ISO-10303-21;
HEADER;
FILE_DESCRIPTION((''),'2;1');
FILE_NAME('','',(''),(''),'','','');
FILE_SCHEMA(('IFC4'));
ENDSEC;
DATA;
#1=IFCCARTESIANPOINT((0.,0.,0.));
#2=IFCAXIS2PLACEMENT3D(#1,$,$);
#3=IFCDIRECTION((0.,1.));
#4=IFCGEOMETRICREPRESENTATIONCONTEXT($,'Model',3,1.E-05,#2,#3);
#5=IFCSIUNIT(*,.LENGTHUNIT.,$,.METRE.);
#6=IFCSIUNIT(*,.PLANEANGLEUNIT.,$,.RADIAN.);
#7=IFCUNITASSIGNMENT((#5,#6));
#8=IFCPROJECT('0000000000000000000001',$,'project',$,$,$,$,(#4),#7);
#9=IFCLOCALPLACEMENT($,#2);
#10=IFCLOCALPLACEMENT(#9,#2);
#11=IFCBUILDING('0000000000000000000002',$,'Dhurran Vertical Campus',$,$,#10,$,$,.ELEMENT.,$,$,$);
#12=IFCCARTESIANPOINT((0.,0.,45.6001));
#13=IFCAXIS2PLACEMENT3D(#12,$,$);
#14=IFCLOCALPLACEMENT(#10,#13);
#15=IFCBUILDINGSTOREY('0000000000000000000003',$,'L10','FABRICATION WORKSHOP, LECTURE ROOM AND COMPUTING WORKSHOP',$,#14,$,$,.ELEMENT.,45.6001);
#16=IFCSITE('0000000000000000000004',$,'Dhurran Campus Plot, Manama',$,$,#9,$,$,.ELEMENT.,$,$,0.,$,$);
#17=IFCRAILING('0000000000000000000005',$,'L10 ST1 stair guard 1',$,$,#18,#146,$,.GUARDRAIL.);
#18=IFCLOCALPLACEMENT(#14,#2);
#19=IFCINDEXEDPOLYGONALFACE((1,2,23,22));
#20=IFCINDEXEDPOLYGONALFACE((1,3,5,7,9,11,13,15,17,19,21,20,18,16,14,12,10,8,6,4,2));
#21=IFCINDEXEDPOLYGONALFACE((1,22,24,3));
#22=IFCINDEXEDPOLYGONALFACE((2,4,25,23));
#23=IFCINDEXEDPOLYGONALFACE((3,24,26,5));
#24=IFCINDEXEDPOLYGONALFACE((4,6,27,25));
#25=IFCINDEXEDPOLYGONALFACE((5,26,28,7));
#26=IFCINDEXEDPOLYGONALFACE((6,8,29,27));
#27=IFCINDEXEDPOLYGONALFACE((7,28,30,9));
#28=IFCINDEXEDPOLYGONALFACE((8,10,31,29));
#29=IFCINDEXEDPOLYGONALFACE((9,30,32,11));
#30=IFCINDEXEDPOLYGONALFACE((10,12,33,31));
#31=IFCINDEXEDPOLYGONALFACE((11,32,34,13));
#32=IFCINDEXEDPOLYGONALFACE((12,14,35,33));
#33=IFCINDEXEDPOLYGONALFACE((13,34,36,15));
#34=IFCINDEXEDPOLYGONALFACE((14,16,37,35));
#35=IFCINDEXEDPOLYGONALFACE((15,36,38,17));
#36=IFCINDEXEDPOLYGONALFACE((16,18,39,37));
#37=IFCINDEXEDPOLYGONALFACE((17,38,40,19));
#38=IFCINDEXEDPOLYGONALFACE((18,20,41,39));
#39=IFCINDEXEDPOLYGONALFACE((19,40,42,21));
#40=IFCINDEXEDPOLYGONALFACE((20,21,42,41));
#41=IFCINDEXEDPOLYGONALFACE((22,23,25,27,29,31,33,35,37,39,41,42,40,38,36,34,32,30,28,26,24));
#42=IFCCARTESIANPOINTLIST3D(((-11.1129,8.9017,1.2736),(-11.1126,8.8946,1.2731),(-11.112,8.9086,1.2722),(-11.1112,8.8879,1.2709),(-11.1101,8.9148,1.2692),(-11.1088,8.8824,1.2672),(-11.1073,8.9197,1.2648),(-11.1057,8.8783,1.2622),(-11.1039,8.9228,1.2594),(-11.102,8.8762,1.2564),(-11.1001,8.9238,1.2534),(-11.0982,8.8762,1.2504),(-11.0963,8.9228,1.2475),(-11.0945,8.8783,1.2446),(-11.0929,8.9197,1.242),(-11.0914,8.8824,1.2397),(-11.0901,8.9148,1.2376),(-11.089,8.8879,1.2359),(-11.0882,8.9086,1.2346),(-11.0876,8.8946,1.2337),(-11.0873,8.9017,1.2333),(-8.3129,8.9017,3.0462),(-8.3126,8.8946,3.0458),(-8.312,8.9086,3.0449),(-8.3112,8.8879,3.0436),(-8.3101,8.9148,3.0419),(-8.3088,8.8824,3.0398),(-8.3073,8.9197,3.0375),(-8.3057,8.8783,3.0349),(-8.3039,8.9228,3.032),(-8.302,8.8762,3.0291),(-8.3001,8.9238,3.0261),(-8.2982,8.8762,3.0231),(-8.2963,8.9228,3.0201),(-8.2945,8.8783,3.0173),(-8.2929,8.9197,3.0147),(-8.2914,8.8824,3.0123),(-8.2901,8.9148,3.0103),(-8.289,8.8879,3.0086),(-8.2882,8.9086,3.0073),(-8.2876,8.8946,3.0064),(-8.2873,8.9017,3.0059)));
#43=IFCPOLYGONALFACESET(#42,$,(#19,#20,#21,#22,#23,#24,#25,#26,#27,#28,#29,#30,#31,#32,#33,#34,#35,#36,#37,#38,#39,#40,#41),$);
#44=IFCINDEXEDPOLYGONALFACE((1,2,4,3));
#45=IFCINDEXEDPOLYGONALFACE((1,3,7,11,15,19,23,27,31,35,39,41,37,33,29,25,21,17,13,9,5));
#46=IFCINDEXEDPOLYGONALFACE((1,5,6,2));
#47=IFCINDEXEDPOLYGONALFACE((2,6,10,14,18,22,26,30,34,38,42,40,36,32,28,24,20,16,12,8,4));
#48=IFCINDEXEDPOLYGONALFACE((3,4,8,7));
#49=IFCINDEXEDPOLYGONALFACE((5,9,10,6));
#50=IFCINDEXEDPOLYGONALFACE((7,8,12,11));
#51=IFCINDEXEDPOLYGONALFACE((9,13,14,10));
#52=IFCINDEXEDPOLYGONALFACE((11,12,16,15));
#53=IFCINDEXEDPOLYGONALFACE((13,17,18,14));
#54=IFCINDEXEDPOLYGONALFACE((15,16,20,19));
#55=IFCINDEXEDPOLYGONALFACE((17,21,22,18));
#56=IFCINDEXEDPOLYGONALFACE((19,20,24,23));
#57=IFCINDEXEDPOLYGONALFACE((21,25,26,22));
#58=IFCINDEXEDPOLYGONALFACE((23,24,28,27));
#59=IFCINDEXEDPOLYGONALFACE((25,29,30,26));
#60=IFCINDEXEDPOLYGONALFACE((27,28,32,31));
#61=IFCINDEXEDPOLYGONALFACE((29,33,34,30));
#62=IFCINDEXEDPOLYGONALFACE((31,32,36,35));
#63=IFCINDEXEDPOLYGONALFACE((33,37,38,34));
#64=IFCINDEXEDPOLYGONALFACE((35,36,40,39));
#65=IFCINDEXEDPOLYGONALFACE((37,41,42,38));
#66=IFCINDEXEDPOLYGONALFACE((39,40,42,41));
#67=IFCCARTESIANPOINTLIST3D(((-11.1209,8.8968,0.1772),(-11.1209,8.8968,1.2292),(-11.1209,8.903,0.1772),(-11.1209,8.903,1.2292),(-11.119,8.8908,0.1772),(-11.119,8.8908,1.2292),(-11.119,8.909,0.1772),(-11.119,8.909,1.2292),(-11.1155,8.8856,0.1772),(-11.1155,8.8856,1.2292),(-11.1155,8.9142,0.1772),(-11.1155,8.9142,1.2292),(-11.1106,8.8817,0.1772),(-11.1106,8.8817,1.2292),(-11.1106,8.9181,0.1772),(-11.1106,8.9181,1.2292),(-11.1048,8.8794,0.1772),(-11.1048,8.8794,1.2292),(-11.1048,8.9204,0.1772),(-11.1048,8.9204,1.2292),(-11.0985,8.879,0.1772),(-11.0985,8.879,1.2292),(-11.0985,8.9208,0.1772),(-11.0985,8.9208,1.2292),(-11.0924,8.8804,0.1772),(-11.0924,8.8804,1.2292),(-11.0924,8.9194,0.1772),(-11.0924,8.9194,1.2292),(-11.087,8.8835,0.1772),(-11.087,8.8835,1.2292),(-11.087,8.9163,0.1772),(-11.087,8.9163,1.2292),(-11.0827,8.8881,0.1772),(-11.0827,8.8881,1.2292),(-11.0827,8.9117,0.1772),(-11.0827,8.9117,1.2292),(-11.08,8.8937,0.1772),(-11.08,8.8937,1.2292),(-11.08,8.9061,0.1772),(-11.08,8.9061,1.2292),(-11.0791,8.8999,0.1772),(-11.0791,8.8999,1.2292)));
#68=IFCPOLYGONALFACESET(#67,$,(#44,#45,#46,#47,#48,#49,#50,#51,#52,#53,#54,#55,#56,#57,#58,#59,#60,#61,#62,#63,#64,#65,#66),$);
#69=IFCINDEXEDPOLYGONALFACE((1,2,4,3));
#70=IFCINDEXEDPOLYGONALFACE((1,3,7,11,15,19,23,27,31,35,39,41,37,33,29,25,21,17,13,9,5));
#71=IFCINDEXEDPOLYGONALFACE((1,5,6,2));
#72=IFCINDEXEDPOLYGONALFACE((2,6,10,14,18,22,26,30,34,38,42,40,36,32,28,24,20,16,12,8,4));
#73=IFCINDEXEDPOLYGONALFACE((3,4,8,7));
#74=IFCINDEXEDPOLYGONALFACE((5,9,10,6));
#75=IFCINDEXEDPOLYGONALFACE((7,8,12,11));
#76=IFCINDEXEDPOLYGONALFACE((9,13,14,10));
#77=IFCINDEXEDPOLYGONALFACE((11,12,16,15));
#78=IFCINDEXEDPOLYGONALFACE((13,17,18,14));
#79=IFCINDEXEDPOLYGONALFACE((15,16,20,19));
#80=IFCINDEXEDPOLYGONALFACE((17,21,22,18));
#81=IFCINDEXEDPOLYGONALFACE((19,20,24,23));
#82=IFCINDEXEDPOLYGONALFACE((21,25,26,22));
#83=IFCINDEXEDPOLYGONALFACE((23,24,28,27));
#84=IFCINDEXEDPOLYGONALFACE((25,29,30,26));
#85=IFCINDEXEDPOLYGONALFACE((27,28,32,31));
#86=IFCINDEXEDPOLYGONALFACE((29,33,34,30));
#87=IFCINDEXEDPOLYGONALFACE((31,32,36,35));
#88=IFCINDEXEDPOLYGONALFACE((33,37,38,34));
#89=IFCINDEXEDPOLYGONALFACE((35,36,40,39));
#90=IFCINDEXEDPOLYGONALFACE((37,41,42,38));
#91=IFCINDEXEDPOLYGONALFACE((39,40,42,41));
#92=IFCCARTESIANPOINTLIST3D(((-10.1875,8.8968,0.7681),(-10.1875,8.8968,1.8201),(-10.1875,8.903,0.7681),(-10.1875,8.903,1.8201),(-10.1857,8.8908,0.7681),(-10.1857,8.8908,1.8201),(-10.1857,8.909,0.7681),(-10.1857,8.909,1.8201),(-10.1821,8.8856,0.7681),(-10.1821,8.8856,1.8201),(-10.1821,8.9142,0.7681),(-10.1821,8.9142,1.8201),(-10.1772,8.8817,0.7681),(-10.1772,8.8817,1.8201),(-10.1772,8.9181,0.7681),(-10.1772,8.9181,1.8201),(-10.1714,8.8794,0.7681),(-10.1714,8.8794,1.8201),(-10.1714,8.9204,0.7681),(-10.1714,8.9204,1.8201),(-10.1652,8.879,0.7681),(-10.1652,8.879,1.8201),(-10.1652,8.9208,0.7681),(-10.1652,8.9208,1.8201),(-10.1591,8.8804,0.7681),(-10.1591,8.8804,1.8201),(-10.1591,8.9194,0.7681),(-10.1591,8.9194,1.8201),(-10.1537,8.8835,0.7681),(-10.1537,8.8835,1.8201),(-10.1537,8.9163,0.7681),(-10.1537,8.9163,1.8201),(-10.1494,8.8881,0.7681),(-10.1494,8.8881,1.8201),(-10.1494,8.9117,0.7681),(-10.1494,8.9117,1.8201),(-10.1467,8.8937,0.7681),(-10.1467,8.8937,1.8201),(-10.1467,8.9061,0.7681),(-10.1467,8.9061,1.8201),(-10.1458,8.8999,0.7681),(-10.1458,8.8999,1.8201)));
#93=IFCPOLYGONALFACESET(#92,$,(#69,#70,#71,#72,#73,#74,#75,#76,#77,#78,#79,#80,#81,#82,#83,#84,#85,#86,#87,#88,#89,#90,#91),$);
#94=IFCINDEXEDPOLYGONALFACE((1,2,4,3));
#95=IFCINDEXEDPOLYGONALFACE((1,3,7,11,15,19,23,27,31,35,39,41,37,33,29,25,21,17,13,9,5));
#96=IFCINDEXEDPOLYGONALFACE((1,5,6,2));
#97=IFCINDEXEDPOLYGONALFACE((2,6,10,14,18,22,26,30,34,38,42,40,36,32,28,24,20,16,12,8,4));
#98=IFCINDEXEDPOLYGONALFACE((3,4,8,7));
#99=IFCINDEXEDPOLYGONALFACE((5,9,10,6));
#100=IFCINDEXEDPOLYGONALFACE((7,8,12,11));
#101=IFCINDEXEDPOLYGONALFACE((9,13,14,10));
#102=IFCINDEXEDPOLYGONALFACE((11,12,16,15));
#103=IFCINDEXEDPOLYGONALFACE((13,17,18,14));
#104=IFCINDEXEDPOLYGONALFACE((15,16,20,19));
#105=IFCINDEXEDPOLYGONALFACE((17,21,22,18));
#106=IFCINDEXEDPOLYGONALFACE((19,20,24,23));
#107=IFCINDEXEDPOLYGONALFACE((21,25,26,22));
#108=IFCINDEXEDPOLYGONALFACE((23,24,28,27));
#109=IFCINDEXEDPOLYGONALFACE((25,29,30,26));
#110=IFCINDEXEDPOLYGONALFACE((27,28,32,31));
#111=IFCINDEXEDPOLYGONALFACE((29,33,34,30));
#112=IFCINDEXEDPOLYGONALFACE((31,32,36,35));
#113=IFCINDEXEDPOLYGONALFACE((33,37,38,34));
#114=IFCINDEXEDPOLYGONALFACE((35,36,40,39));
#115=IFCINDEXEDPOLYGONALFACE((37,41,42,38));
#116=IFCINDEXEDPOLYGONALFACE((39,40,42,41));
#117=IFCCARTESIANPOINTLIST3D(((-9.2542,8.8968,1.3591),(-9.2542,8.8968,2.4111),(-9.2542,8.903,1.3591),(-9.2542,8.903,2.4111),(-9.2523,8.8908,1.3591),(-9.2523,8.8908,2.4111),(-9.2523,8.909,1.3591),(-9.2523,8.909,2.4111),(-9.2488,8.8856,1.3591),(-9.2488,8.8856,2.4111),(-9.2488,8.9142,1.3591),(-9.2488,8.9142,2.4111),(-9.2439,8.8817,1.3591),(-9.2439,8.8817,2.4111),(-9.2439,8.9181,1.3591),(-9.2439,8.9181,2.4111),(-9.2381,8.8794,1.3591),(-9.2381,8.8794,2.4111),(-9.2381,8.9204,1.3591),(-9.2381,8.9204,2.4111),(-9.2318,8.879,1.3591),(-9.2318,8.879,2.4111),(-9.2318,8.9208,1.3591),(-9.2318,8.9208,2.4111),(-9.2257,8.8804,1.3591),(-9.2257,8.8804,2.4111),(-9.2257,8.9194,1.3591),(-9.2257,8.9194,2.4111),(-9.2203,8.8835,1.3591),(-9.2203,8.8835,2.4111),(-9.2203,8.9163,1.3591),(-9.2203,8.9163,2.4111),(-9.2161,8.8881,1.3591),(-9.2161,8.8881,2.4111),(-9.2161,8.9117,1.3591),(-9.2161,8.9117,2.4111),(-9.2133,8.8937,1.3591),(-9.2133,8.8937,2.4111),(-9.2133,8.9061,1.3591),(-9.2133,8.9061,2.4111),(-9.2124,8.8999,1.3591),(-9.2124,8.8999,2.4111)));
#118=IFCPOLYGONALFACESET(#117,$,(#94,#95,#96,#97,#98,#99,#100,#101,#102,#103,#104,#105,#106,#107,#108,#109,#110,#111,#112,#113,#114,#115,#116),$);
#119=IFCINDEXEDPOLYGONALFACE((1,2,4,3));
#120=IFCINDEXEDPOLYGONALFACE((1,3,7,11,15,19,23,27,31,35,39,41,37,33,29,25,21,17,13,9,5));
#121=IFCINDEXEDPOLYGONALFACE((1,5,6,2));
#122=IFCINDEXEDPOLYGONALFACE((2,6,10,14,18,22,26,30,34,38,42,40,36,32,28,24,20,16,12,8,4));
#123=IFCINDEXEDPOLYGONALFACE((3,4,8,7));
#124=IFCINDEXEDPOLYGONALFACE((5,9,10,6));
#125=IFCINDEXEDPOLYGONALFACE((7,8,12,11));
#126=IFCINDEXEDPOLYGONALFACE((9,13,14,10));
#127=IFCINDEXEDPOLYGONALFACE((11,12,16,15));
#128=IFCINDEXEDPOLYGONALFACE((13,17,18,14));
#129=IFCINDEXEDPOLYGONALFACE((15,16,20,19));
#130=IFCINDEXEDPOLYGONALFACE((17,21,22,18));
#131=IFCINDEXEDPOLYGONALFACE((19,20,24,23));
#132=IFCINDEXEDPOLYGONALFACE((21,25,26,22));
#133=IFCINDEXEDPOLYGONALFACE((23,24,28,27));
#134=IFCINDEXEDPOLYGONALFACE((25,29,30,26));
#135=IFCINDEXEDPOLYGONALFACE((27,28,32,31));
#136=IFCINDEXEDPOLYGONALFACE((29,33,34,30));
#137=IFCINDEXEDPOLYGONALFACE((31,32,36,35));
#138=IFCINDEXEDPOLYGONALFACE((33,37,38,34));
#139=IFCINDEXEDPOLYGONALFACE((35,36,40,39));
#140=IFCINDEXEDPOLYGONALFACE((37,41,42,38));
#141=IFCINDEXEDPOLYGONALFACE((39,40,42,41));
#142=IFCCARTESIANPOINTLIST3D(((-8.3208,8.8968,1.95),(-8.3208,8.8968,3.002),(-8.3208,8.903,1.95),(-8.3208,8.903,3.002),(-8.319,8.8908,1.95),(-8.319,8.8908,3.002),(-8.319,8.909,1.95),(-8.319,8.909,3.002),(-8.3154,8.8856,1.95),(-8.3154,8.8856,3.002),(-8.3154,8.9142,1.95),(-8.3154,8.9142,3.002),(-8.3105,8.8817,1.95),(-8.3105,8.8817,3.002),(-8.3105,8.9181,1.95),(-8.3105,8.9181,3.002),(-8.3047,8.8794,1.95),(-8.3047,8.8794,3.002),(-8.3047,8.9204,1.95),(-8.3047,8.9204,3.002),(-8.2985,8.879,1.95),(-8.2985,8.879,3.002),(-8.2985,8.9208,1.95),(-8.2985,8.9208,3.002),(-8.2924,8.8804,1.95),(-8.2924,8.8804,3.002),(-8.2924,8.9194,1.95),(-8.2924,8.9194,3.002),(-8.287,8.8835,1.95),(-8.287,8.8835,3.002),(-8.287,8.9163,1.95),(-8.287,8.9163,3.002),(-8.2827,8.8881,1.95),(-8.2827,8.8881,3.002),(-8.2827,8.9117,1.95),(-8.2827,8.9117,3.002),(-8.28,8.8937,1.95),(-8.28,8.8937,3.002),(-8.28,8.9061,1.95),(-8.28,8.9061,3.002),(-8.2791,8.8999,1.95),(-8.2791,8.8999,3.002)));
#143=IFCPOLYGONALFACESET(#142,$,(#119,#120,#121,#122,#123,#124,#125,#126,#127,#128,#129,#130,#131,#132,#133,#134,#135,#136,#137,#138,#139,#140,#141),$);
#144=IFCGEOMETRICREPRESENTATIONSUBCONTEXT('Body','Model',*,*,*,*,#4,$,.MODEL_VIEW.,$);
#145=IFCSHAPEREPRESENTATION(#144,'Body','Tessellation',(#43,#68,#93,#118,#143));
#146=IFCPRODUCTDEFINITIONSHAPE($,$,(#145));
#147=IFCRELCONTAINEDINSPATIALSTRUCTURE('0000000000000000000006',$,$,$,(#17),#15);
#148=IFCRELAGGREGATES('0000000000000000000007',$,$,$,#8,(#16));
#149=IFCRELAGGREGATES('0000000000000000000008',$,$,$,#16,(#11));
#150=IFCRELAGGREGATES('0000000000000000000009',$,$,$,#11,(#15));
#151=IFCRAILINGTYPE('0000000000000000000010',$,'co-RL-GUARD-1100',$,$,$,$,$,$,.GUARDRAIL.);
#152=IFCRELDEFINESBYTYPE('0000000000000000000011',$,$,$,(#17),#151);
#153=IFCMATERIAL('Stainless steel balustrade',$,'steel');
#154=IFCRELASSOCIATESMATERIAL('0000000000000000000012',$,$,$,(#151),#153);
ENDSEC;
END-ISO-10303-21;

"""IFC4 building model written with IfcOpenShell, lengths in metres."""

from ifc_helpers import new_model, si_unit, direction, frame, origin, origin_2d, place, context, subcontext, project, spatial, circle, extrude, material, type_object, element, save


model = new_model("IFC4")

# Units and contexts
model_context = context("Model", 3, precision=1e-05, world=origin(), true_north=direction((0.0, 1.0)))
body_context = subcontext(model_context, "Body", "Model", "MODEL_VIEW")
ifc_project = project(units=[si_unit("LENGTHUNIT", "METRE"), si_unit("PLANEANGLEUNIT", "RADIAN")], contexts=[model_context])

# Site, building, storey
site_placement = place(None, origin())
site = spatial("IfcSite", under=ifc_project, at=site_placement, Name="Dhurran Campus Plot, Manama", CompositionType="ELEMENT", RefElevation=0.0)
building_placement = place(site_placement, origin())
building = spatial("IfcBuilding", under=site, at=building_placement, Name="Dhurran Vertical Campus", CompositionType="ELEMENT")
storey_placement = place(building_placement, frame((0.0, 0.0, 45.6001)))
storey = spatial("IfcBuildingStorey", under=building, at=storey_placement, Name="L10", Description="FABRICATION WORKSHOP, LECTURE ROOM AND COMPUTING WORKSHOP", CompositionType="ELEMENT", Elevation=45.6001)

# Railing
ifc_material_1 = material(Name="Stainless steel balustrade", Category="steel")
railing_type_1 = type_object("IfcRailingType", Name="co-RL-GUARD-1100", PredefinedType="GUARDRAIL", material=ifc_material_1)
railing_1_placement = place(storey_placement, frame((-11.1001, 8.8999, 0.1772)))
element("IfcRailing", 1, at=railing_1_placement, inside=storey, type_object=railing_type_1, Name="L10 ST1 stair guard 1", PredefinedType="GUARDRAIL", context=body_context, shape_type="SweptSolid", body=[
    extrude(circle(Radius=0.0239, at=origin_2d()), frame((0.0, 0.0, 1.0762), z_axis=(0.844909, 0.0, 0.53491), x_axis=(0.0, 1.0, 0.0)), (0.0, 0.0, 1.0), 3.314),
    extrude(circle(Radius=0.021, at=origin_2d()), origin(), (0.0, 0.0, 1.0), 1.052),
    extrude(circle(Radius=0.021, at=origin_2d()), frame((0.9333, 0.0, 0.5908)), (0.0, 0.0, 1.0), 1.052),
    extrude(circle(Radius=0.021, at=origin_2d()), frame((1.8667, 0.0, 1.1819)), (0.0, 0.0, 1.0), 1.052),
    extrude(circle(Radius=0.021, at=origin_2d()), frame((2.8, 0.0, 1.7727)), (0.0, 0.0, 1.0), 1.052),
])

save(model, "model.ifc")
